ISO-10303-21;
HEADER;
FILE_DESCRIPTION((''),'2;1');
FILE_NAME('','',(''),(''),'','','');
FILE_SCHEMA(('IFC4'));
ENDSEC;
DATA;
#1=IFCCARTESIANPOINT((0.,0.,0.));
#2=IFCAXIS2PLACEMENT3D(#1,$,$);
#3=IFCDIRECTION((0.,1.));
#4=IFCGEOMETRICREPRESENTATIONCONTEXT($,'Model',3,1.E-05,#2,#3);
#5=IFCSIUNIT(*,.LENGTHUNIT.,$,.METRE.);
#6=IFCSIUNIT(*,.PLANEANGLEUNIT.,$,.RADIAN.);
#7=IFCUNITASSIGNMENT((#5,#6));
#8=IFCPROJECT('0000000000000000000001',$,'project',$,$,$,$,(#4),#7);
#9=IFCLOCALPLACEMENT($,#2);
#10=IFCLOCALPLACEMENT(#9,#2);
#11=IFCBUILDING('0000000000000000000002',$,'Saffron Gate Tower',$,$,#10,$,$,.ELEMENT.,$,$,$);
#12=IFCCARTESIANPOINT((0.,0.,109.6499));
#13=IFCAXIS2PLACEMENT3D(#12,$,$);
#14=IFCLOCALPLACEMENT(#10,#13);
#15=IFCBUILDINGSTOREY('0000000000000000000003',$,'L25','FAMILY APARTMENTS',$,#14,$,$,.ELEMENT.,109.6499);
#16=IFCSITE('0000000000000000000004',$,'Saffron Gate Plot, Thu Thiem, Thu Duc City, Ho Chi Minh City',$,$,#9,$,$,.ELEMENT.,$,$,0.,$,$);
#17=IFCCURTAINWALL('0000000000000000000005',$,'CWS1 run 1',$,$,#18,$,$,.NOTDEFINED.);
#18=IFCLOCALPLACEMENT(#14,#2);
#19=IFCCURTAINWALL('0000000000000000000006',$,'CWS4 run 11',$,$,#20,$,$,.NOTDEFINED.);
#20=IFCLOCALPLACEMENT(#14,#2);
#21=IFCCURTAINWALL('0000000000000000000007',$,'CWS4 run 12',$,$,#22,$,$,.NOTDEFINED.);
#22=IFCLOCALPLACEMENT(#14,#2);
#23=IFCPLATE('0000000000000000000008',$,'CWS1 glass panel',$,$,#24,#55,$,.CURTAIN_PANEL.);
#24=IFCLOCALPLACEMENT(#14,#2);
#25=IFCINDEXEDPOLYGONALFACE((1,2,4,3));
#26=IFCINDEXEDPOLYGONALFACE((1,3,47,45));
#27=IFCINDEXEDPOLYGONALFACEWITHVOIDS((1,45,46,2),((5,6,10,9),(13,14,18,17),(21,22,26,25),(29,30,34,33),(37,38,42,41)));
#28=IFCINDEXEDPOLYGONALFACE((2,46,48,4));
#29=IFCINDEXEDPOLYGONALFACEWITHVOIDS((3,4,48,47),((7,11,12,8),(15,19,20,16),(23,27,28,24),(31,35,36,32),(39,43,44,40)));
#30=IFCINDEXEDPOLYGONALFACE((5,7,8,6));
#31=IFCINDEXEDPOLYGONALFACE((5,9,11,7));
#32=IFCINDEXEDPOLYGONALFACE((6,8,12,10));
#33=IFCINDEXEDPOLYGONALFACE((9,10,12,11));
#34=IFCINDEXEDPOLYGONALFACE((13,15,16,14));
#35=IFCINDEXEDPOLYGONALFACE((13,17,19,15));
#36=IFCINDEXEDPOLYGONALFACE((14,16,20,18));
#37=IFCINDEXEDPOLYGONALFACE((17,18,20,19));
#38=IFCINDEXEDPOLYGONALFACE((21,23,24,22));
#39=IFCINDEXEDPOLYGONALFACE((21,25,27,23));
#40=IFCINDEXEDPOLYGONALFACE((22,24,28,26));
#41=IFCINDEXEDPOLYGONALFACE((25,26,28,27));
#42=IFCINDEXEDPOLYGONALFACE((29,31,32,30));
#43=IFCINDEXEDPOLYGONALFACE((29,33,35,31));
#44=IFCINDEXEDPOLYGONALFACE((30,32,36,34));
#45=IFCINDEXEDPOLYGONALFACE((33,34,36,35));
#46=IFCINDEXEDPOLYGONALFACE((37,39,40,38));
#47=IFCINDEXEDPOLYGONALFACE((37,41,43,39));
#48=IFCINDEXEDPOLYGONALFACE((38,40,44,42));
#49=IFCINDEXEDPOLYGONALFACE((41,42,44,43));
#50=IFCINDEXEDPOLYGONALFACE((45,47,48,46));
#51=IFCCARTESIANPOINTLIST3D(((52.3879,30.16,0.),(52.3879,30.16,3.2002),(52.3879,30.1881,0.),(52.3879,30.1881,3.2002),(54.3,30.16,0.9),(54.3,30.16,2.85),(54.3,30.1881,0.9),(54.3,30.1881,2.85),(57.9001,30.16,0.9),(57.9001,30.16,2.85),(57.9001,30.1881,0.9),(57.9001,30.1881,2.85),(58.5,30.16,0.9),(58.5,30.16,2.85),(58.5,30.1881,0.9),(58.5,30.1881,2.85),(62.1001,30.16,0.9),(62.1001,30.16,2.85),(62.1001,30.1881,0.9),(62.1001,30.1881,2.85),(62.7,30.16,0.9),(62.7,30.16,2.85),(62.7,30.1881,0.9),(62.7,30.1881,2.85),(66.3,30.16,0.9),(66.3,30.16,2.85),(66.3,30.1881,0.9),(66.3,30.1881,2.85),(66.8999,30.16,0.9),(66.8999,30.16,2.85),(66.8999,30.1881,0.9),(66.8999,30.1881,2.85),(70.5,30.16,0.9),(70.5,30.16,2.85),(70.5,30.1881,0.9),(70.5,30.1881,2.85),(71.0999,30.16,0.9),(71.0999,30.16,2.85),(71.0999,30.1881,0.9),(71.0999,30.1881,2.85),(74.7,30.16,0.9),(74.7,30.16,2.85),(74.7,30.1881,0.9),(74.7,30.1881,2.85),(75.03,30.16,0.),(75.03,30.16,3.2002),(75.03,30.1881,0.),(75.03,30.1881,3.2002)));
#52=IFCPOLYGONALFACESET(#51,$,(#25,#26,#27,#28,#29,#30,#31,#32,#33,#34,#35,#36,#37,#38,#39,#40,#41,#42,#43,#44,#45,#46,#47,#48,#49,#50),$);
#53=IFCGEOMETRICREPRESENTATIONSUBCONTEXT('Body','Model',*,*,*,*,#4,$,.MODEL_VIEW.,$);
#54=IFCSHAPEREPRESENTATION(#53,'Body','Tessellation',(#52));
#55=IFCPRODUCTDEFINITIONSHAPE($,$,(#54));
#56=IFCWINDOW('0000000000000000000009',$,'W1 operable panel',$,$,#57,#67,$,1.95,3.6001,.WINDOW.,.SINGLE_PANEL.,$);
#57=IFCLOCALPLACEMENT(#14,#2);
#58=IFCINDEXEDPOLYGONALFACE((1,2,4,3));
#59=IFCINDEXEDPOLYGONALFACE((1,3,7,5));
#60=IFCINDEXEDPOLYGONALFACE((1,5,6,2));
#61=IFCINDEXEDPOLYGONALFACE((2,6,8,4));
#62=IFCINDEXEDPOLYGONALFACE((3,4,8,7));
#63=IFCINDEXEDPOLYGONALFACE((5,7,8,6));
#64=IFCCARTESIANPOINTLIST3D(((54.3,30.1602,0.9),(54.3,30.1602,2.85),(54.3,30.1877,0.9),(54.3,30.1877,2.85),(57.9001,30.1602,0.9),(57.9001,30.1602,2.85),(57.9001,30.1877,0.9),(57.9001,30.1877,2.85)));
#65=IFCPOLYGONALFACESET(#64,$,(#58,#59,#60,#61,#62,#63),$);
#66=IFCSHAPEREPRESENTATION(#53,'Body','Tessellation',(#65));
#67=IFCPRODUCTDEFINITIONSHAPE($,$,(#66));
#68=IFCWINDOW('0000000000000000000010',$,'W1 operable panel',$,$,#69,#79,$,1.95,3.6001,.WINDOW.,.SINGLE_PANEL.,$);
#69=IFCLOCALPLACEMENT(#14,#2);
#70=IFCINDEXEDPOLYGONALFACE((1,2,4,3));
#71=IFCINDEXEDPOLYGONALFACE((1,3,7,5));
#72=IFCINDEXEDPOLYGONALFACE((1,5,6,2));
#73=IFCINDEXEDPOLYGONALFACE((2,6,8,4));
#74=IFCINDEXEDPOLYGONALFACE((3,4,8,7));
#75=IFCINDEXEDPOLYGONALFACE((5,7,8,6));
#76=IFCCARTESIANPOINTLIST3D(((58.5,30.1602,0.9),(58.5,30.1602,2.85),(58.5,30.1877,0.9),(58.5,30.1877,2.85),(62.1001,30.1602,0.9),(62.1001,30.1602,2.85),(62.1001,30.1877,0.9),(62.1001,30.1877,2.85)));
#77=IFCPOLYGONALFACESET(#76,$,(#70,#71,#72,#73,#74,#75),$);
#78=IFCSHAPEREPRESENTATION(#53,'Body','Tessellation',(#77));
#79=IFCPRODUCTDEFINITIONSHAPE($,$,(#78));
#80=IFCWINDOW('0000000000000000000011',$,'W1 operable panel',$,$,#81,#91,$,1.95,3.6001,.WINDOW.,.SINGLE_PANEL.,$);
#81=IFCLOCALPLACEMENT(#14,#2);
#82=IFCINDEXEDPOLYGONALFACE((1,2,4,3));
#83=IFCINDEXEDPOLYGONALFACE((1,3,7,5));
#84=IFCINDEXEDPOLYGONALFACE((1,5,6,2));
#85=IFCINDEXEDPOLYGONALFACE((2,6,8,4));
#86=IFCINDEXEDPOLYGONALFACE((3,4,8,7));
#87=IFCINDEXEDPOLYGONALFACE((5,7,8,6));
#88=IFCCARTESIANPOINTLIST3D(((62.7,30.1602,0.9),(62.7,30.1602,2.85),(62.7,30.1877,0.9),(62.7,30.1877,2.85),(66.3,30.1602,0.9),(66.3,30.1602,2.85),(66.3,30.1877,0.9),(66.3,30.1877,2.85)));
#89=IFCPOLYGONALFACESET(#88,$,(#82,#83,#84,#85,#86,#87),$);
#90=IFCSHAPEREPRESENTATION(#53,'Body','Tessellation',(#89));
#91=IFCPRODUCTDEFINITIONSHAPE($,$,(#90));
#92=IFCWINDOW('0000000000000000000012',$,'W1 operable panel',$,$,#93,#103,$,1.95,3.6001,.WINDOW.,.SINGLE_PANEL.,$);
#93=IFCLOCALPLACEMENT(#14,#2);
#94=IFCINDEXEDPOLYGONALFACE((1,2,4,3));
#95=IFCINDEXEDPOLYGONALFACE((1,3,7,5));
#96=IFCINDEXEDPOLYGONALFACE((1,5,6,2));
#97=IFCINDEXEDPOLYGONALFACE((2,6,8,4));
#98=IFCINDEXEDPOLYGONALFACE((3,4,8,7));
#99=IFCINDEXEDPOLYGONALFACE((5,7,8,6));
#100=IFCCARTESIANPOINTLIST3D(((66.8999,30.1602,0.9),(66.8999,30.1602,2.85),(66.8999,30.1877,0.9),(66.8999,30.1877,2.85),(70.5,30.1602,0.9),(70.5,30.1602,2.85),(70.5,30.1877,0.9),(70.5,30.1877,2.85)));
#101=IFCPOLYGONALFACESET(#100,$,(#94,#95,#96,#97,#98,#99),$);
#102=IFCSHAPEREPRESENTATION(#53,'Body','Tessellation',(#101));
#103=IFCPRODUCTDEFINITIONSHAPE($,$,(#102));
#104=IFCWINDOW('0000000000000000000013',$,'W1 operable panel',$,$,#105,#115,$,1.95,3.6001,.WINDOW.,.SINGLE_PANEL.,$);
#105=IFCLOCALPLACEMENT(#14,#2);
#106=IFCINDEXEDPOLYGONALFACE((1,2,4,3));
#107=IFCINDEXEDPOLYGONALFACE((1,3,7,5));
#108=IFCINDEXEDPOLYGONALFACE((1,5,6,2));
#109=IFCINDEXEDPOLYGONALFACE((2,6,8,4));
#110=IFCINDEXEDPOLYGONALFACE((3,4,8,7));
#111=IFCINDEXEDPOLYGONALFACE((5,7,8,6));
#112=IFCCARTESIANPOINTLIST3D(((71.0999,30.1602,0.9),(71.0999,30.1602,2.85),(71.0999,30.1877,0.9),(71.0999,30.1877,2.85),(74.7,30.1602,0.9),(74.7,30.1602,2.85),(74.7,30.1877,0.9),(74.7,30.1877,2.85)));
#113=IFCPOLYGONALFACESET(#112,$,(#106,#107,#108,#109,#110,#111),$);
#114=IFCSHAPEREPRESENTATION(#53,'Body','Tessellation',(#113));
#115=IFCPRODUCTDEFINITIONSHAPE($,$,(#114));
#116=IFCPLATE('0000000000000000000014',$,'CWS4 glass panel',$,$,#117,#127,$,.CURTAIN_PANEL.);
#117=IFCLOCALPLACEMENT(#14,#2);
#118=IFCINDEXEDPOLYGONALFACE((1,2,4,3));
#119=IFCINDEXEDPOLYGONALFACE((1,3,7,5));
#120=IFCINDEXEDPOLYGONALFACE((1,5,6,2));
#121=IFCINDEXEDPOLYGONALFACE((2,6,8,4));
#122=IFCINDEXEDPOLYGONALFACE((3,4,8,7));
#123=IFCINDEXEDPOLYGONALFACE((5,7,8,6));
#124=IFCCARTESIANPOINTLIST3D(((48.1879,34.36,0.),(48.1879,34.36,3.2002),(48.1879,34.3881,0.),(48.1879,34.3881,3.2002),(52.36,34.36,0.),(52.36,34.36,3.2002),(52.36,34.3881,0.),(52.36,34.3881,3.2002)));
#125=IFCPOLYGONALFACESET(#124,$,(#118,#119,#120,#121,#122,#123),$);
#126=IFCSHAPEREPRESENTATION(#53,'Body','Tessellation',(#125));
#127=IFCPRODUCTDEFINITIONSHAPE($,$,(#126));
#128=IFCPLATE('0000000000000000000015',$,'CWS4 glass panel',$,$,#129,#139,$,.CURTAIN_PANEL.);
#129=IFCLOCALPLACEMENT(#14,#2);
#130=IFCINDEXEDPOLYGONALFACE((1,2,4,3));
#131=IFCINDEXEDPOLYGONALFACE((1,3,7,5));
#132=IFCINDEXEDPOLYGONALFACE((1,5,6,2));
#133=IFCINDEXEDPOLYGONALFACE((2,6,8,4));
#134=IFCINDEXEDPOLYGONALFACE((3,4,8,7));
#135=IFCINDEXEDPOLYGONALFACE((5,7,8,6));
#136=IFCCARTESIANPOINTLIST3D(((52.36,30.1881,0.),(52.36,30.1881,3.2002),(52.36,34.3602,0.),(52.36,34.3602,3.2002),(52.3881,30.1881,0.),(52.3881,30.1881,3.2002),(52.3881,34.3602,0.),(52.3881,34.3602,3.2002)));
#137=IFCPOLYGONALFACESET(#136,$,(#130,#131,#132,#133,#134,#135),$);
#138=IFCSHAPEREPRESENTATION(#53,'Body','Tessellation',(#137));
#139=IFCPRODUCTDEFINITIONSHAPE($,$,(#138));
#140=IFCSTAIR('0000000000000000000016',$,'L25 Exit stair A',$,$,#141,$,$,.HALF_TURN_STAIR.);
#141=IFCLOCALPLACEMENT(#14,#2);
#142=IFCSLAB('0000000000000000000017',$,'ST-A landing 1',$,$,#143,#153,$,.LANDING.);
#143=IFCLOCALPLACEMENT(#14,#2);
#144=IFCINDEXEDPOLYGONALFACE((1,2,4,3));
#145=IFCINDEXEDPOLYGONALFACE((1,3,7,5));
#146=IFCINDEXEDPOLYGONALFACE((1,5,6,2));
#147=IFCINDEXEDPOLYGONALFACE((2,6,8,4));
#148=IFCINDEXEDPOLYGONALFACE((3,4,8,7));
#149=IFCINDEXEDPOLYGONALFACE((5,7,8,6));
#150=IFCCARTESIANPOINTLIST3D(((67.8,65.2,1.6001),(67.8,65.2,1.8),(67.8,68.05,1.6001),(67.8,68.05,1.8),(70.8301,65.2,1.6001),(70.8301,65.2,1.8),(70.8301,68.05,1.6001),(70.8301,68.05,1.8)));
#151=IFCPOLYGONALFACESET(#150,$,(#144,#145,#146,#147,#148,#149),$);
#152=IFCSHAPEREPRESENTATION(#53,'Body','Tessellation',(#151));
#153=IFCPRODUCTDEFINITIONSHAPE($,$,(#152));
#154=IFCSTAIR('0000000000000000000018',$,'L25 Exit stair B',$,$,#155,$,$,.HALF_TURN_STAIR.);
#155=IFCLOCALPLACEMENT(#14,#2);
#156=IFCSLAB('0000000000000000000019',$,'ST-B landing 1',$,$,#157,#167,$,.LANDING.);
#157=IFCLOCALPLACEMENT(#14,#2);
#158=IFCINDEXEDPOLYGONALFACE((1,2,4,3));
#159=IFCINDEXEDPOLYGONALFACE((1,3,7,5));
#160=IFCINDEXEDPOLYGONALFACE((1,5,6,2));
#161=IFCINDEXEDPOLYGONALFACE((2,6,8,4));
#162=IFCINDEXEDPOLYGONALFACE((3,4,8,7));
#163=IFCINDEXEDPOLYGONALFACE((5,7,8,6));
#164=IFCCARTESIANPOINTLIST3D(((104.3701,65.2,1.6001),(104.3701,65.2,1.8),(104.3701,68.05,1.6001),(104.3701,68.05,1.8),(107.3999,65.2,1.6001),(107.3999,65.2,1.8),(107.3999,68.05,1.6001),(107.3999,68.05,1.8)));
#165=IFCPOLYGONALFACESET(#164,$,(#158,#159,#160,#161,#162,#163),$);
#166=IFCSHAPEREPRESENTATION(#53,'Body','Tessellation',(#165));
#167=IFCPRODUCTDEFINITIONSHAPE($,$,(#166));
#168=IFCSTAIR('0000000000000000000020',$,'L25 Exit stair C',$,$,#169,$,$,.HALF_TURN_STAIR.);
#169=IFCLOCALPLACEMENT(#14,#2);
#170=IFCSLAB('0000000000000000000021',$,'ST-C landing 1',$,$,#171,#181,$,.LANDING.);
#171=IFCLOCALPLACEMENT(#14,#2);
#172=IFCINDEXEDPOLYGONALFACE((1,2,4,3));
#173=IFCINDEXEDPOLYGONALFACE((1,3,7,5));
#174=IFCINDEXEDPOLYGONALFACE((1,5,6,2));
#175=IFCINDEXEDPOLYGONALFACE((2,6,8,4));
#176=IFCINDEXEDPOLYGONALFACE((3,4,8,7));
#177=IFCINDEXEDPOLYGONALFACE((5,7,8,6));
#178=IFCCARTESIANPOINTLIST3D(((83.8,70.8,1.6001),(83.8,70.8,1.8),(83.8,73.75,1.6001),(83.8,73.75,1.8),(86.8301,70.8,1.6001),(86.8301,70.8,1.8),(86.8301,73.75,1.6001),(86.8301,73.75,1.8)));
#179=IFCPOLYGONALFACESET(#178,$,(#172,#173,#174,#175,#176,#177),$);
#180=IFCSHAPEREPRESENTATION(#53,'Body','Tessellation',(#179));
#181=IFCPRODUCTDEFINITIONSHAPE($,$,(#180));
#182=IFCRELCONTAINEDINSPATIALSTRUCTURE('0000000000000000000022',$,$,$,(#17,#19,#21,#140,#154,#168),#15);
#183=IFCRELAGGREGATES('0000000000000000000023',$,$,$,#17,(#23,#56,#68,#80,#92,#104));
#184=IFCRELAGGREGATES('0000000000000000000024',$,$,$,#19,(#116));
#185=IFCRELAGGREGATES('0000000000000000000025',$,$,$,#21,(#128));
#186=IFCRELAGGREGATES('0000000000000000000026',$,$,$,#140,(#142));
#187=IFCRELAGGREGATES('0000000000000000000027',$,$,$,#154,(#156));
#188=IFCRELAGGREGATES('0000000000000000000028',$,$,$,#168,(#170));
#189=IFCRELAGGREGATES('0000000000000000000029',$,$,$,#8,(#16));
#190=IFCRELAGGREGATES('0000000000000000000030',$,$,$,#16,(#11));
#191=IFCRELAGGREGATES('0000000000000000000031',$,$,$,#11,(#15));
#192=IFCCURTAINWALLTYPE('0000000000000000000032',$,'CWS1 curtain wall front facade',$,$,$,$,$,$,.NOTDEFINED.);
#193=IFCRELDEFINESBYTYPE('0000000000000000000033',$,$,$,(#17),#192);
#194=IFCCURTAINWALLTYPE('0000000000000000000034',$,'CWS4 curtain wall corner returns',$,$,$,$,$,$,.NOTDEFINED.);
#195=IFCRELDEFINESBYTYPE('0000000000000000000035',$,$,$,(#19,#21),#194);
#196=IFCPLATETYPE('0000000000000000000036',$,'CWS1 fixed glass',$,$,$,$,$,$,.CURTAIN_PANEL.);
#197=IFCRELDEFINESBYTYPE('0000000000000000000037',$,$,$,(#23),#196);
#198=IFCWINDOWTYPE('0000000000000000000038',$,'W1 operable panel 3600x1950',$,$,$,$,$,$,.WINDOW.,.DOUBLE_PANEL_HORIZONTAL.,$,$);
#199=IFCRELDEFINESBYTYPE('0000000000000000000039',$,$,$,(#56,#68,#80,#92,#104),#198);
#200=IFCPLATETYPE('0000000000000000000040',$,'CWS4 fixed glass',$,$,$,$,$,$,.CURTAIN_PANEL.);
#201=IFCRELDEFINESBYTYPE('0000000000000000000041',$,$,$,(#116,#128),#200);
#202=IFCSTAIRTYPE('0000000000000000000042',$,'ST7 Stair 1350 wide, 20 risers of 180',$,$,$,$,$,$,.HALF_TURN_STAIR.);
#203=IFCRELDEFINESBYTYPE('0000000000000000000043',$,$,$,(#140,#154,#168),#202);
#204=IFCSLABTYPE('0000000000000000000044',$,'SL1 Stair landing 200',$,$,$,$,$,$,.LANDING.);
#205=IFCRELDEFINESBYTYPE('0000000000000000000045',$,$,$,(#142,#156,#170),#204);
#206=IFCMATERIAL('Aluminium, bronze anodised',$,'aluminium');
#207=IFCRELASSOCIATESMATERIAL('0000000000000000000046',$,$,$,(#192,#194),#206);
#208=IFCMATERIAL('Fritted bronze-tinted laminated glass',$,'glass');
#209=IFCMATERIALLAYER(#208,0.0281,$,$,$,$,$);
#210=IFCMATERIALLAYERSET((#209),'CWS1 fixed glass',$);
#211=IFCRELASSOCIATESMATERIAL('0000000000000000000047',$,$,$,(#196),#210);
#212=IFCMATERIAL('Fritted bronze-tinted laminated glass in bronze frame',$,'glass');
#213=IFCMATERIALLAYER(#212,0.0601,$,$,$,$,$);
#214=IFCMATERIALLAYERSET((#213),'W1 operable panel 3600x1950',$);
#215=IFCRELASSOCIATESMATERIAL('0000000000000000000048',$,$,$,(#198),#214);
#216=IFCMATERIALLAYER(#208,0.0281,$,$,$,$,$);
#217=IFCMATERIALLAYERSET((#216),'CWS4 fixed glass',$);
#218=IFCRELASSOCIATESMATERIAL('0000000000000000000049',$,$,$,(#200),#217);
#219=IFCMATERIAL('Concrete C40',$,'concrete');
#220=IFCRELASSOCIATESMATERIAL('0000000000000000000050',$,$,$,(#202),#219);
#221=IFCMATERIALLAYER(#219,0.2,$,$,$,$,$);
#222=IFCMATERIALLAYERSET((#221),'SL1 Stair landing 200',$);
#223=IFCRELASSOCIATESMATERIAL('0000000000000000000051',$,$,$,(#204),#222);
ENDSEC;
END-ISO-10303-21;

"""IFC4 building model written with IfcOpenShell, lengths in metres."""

from ifc_helpers import new_model, si_unit, direction, frame, frame_2d, origin, place, context, subcontext, project, spatial, polyline, rectangle, outline, extrude, material, layer, layer_set, type_object, element, fill, aggregate, save


model = new_model("IFC4")

# Units and contexts
model_context = context("Model", 3, precision=1e-05, world=origin(), true_north=direction((0.0, 1.0)))
body_context = subcontext(model_context, "Body", "Model", "MODEL_VIEW")
ifc_project = project(units=[si_unit("LENGTHUNIT", "METRE"), si_unit("PLANEANGLEUNIT", "RADIAN")], contexts=[model_context])

# Site, building, storey
site_placement = place(None, origin())
site = spatial("IfcSite", under=ifc_project, at=site_placement, Name="Saffron Gate Plot, Thu Thiem, Thu Duc City, Ho Chi Minh City", CompositionType="ELEMENT", RefElevation=0.0)
building_placement = place(site_placement, origin())
building = spatial("IfcBuilding", under=site, at=building_placement, Name="Saffron Gate Tower", CompositionType="ELEMENT")
storey_placement = place(building_placement, frame((0.0, 0.0, 109.6499)))
storey = spatial("IfcBuildingStorey", under=building, at=storey_placement, Name="L25", Description="FAMILY APARTMENTS", CompositionType="ELEMENT", Elevation=109.6499)

# Curtain wall
ifc_material_1 = material(Name="Aluminium, bronze anodised", Category="aluminium")
curtain_wall_type_1 = type_object("IfcCurtainWallType", Name="CWS1 curtain wall front facade", PredefinedType="NOTDEFINED", material=ifc_material_1)
curtain_wall_1_placement = place(storey_placement, origin())
curtain_wall_1 = element("IfcCurtainWall", 1, at=curtain_wall_1_placement, inside=storey, type_object=curtain_wall_type_1, Name="CWS1 run 1", PredefinedType="NOTDEFINED")

# Curtain walls
curtain_wall_type_2 = type_object("IfcCurtainWallType", Name="CWS4 curtain wall corner returns", PredefinedType="NOTDEFINED", material=ifc_material_1)
curtain_wall_2_placement = place(storey_placement, origin())
curtain_wall_2 = element("IfcCurtainWall", 2, at=curtain_wall_2_placement, inside=storey, type_object=curtain_wall_type_2, Name="CWS4 run 11", PredefinedType="NOTDEFINED")
curtain_wall_3_placement = place(storey_placement, origin())
curtain_wall_3 = element("IfcCurtainWall", 3, at=curtain_wall_3_placement, inside=storey, type_object=curtain_wall_type_2, Name="CWS4 run 12", PredefinedType="NOTDEFINED")

# Plate, openings, windows
ifc_material_2 = material(Name="Fritted bronze-tinted laminated glass", Category="glass")
ifc_layer_1 = layer(ifc_material_2, 0.0281)
ifc_layer_set_1 = layer_set([ifc_layer_1], Name="CWS1 fixed glass")
plate_type_1 = type_object("IfcPlateType", Name="CWS1 fixed glass", PredefinedType="CURTAIN_PANEL", material=ifc_layer_set_1)
plate_1_placement = place(storey_placement, frame((52.3879, 30.1741, 0.0), z_axis=(0.0, 0.0, 1.0), x_axis=(1.0, 0.0, 0.0)))
plate_1 = element("IfcPlate", 4, at=plate_1_placement, type_object=plate_type_1, Name="CWS1 glass panel", PredefinedType="CURTAIN_PANEL", context=body_context, shape_type="SweptSolid", body=[
    extrude(rectangle(XDim=22.6421, YDim=0.0281, at=frame_2d((11.321, 0.0))), origin(), (0.0, 0.0, 1.0), 3.2002),
])
opening_1_placement = place(plate_1_placement, frame((1.9121, 0.0, 0.8999)))
opening_1 = element("IfcOpeningElement", 5, at=opening_1_placement, cuts=plate_1, PredefinedType="OPENING", context=body_context, shape_type="SweptSolid", body=[
    extrude(rectangle(XDim=3.6001, YDim=1.95, at=frame_2d((1.8, 0.9751))), frame((0.0, 0.0239, 0.0), z_axis=(0.0, -1.0, 0.0), x_axis=(1.0, 0.0, 0.0)), (0.0, 0.0, 1.0), 0.0481),
])
opening_2_placement = place(plate_1_placement, frame((6.1121, 0.0, 0.8999)))
opening_2 = element("IfcOpeningElement", 6, at=opening_2_placement, cuts=plate_1, PredefinedType="OPENING", context=body_context, shape_type="SweptSolid", body=[
    extrude(rectangle(XDim=3.6001, YDim=1.95, at=frame_2d((1.8, 0.9751))), frame((0.0, 0.0239, 0.0), z_axis=(0.0, -1.0, 0.0), x_axis=(1.0, 0.0, 0.0)), (0.0, 0.0, 1.0), 0.0481),
])
opening_3_placement = place(plate_1_placement, frame((10.312, 0.0, 0.8999)))
opening_3 = element("IfcOpeningElement", 7, at=opening_3_placement, cuts=plate_1, PredefinedType="OPENING", context=body_context, shape_type="SweptSolid", body=[
    extrude(rectangle(XDim=3.6001, YDim=1.95, at=frame_2d((1.8, 0.9751))), frame((0.0, 0.0239, 0.0), z_axis=(0.0, -1.0, 0.0), x_axis=(1.0, 0.0, 0.0)), (0.0, 0.0, 1.0), 0.0481),
])
opening_4_placement = place(plate_1_placement, frame((14.512, 0.0, 0.8999)))
opening_4 = element("IfcOpeningElement", 8, at=opening_4_placement, cuts=plate_1, PredefinedType="OPENING", context=body_context, shape_type="SweptSolid", body=[
    extrude(rectangle(XDim=3.6001, YDim=1.95, at=frame_2d((1.8, 0.9751))), frame((0.0, 0.0239, 0.0), z_axis=(0.0, -1.0, 0.0), x_axis=(1.0, 0.0, 0.0)), (0.0, 0.0, 1.0), 0.0481),
])
opening_5_placement = place(plate_1_placement, frame((18.7119, 0.0, 0.8999)))
opening_5 = element("IfcOpeningElement", 9, at=opening_5_placement, cuts=plate_1, PredefinedType="OPENING", context=body_context, shape_type="SweptSolid", body=[
    extrude(rectangle(XDim=3.6001, YDim=1.95, at=frame_2d((1.8, 0.9751))), frame((0.0, 0.0239, 0.0), z_axis=(0.0, -1.0, 0.0), x_axis=(1.0, 0.0, 0.0)), (0.0, 0.0, 1.0), 0.0481),
])
ifc_material_3 = material(Name="Fritted bronze-tinted laminated glass in bronze frame", Category="glass")
ifc_layer_2 = layer(ifc_material_3, 0.0601)
ifc_layer_set_2 = layer_set([ifc_layer_2], Name="W1 operable panel 3600x1950")
window_type = type_object("IfcWindowType", Name="W1 operable panel 3600x1950", PartitioningType="DOUBLE_PANEL_HORIZONTAL", PredefinedType="WINDOW", material=ifc_layer_set_2)
window_1_placement = place(opening_1_placement, origin())
window_1 = element("IfcWindow", 10, at=window_1_placement, type_object=window_type, Name="W1 operable panel", OverallHeight=1.95, OverallWidth=3.6001, PartitioningType="SINGLE_PANEL", PredefinedType="WINDOW", context=body_context, shape_type="SweptSolid", body=[
    extrude(rectangle(XDim=3.6001, YDim=1.95, at=frame_2d((1.8, 0.9751))), frame((0.0, 0.0137, 0.0), z_axis=(0.0, -1.0, 0.0), x_axis=(1.0, 0.0, 0.0)), (0.0, 0.0, 1.0), 0.0276),
])
fill(opening_1, window_1)
window_2_placement = place(opening_2_placement, origin())
window_2 = element("IfcWindow", 11, at=window_2_placement, type_object=window_type, Name="W1 operable panel", OverallHeight=1.95, OverallWidth=3.6001, PartitioningType="SINGLE_PANEL", PredefinedType="WINDOW", context=body_context, shape_type="SweptSolid", body=[
    extrude(rectangle(XDim=3.6001, YDim=1.95, at=frame_2d((1.8, 0.9751))), frame((0.0, 0.0137, 0.0), z_axis=(0.0, -1.0, 0.0), x_axis=(1.0, 0.0, 0.0)), (0.0, 0.0, 1.0), 0.0276),
])
fill(opening_2, window_2)
window_3_placement = place(opening_3_placement, origin())
window_3 = element("IfcWindow", 12, at=window_3_placement, type_object=window_type, Name="W1 operable panel", OverallHeight=1.95, OverallWidth=3.6001, PartitioningType="SINGLE_PANEL", PredefinedType="WINDOW", context=body_context, shape_type="SweptSolid", body=[
    extrude(rectangle(XDim=3.6001, YDim=1.95, at=frame_2d((1.8, 0.9751))), frame((0.0, 0.0137, 0.0), z_axis=(0.0, -1.0, 0.0), x_axis=(1.0, 0.0, 0.0)), (0.0, 0.0, 1.0), 0.0276),
])
fill(opening_3, window_3)
window_4_placement = place(opening_4_placement, origin())
window_4 = element("IfcWindow", 13, at=window_4_placement, type_object=window_type, Name="W1 operable panel", OverallHeight=1.95, OverallWidth=3.6001, PartitioningType="SINGLE_PANEL", PredefinedType="WINDOW", context=body_context, shape_type="SweptSolid", body=[
    extrude(rectangle(XDim=3.6001, YDim=1.95, at=frame_2d((1.8, 0.9751))), frame((0.0, 0.0137, 0.0), z_axis=(0.0, -1.0, 0.0), x_axis=(1.0, 0.0, 0.0)), (0.0, 0.0, 1.0), 0.0276),
])
fill(opening_4, window_4)
window_5_placement = place(opening_5_placement, origin())
window_5 = element("IfcWindow", 14, at=window_5_placement, type_object=window_type, Name="W1 operable panel", OverallHeight=1.95, OverallWidth=3.6001, PartitioningType="SINGLE_PANEL", PredefinedType="WINDOW", context=body_context, shape_type="SweptSolid", body=[
    extrude(rectangle(XDim=3.6001, YDim=1.95, at=frame_2d((1.8, 0.9751))), frame((0.0, 0.0137, 0.0), z_axis=(0.0, -1.0, 0.0), x_axis=(1.0, 0.0, 0.0)), (0.0, 0.0, 1.0), 0.0276),
])
fill(opening_5, window_5)
aggregate(curtain_wall_1, [plate_1, window_1, window_2, window_3, window_4, window_5])

# Plates
ifc_layer_3 = layer(ifc_material_2, 0.0281)
ifc_layer_set_3 = layer_set([ifc_layer_3], Name="CWS4 fixed glass")
plate_type_2 = type_object("IfcPlateType", Name="CWS4 fixed glass", PredefinedType="CURTAIN_PANEL", material=ifc_layer_set_3)
plate_2_placement = place(storey_placement, frame((48.188, 34.374, 0.0), z_axis=(0.0, 0.0, 1.0), x_axis=(1.0, 0.0, 0.0)))
plate_2 = element("IfcPlate", 15, at=plate_2_placement, type_object=plate_type_2, Name="CWS4 glass panel", PredefinedType="CURTAIN_PANEL", context=body_context, shape_type="SweptSolid", body=[
    extrude(rectangle(XDim=4.1721, YDim=0.0281, at=frame_2d((2.0859, 0.0))), origin(), (0.0, 0.0, 1.0), 3.2002),
])
aggregate(curtain_wall_2, [plate_2])
plate_3_placement = place(storey_placement, frame((52.374, 34.3601, 0.0), z_axis=(0.0, 0.0, 1.0), x_axis=(0.0, -1.0, 0.0)))
plate_3 = element("IfcPlate", 16, at=plate_3_placement, type_object=plate_type_2, Name="CWS4 glass panel", PredefinedType="CURTAIN_PANEL", context=body_context, shape_type="SweptSolid", body=[
    extrude(rectangle(XDim=4.1721, YDim=0.0281, at=frame_2d((2.0859, 0.0))), origin(), (0.0, 0.0, 1.0), 3.2002),
])
aggregate(curtain_wall_3, [plate_3])

# Stairs, slabs
ifc_material_4 = material(Name="Concrete C40", Category="concrete")
stair_type = type_object("IfcStairType", Name="ST7 Stair 1350 wide, 20 risers of 180", PredefinedType="HALF_TURN_STAIR", material=ifc_material_4)
stair_1_placement = place(storey_placement, origin())
stair_1 = element("IfcStair", 17, at=stair_1_placement, inside=storey, type_object=stair_type, Name="L25 Exit stair A", PredefinedType="HALF_TURN_STAIR")
ifc_layer_4 = layer(ifc_material_4, 0.2)
ifc_layer_set_4 = layer_set([ifc_layer_4], Name="SL1 Stair landing 200")
slab_type = type_object("IfcSlabType", Name="SL1 Stair landing 200", PredefinedType="LANDING", material=ifc_layer_set_4)
slab_1_placement = place(storey_placement, frame((0.0, 0.0, 1.6001)))
slab_1 = element("IfcSlab", 18, at=slab_1_placement, type_object=slab_type, Name="ST-A landing 1", PredefinedType="LANDING", context=body_context, shape_type="SweptSolid", body=[
    extrude(outline(polyline([(70.8301, 68.05), (67.8, 68.05), (67.8, 65.2), (70.8301, 65.2), (70.8301, 68.05)])), origin(), (0.0, 0.0, 1.0), 0.2),
])
aggregate(stair_1, [slab_1])
stair_2_placement = place(storey_placement, origin())
stair_2 = element("IfcStair", 19, at=stair_2_placement, inside=storey, type_object=stair_type, Name="L25 Exit stair B", PredefinedType="HALF_TURN_STAIR")
slab_2_placement = place(storey_placement, frame((0.0, 0.0, 1.6001)))
slab_2 = element("IfcSlab", 20, at=slab_2_placement, type_object=slab_type, Name="ST-B landing 1", PredefinedType="LANDING", context=body_context, shape_type="SweptSolid", body=[
    extrude(outline(polyline([(104.3701, 65.2), (107.3999, 65.2), (107.3999, 68.05), (104.3701, 68.05), (104.3701, 65.2)])), origin(), (0.0, 0.0, 1.0), 0.2),
])
aggregate(stair_2, [slab_2])
stair_3_placement = place(storey_placement, origin())
stair_3 = element("IfcStair", 21, at=stair_3_placement, inside=storey, type_object=stair_type, Name="L25 Exit stair C", PredefinedType="HALF_TURN_STAIR")
slab_3_placement = place(storey_placement, frame((0.0, 0.0, 1.6001)))
slab_3 = element("IfcSlab", 22, at=slab_3_placement, type_object=slab_type, Name="ST-C landing 1", PredefinedType="LANDING", context=body_context, shape_type="SweptSolid", body=[
    extrude(outline(polyline([(86.8301, 73.75), (83.8, 73.75), (83.8, 70.8), (86.8301, 70.8), (86.8301, 73.75)])), origin(), (0.0, 0.0, 1.0), 0.2),
])
aggregate(stair_3, [slab_3])

save(model, "model.ifc")
